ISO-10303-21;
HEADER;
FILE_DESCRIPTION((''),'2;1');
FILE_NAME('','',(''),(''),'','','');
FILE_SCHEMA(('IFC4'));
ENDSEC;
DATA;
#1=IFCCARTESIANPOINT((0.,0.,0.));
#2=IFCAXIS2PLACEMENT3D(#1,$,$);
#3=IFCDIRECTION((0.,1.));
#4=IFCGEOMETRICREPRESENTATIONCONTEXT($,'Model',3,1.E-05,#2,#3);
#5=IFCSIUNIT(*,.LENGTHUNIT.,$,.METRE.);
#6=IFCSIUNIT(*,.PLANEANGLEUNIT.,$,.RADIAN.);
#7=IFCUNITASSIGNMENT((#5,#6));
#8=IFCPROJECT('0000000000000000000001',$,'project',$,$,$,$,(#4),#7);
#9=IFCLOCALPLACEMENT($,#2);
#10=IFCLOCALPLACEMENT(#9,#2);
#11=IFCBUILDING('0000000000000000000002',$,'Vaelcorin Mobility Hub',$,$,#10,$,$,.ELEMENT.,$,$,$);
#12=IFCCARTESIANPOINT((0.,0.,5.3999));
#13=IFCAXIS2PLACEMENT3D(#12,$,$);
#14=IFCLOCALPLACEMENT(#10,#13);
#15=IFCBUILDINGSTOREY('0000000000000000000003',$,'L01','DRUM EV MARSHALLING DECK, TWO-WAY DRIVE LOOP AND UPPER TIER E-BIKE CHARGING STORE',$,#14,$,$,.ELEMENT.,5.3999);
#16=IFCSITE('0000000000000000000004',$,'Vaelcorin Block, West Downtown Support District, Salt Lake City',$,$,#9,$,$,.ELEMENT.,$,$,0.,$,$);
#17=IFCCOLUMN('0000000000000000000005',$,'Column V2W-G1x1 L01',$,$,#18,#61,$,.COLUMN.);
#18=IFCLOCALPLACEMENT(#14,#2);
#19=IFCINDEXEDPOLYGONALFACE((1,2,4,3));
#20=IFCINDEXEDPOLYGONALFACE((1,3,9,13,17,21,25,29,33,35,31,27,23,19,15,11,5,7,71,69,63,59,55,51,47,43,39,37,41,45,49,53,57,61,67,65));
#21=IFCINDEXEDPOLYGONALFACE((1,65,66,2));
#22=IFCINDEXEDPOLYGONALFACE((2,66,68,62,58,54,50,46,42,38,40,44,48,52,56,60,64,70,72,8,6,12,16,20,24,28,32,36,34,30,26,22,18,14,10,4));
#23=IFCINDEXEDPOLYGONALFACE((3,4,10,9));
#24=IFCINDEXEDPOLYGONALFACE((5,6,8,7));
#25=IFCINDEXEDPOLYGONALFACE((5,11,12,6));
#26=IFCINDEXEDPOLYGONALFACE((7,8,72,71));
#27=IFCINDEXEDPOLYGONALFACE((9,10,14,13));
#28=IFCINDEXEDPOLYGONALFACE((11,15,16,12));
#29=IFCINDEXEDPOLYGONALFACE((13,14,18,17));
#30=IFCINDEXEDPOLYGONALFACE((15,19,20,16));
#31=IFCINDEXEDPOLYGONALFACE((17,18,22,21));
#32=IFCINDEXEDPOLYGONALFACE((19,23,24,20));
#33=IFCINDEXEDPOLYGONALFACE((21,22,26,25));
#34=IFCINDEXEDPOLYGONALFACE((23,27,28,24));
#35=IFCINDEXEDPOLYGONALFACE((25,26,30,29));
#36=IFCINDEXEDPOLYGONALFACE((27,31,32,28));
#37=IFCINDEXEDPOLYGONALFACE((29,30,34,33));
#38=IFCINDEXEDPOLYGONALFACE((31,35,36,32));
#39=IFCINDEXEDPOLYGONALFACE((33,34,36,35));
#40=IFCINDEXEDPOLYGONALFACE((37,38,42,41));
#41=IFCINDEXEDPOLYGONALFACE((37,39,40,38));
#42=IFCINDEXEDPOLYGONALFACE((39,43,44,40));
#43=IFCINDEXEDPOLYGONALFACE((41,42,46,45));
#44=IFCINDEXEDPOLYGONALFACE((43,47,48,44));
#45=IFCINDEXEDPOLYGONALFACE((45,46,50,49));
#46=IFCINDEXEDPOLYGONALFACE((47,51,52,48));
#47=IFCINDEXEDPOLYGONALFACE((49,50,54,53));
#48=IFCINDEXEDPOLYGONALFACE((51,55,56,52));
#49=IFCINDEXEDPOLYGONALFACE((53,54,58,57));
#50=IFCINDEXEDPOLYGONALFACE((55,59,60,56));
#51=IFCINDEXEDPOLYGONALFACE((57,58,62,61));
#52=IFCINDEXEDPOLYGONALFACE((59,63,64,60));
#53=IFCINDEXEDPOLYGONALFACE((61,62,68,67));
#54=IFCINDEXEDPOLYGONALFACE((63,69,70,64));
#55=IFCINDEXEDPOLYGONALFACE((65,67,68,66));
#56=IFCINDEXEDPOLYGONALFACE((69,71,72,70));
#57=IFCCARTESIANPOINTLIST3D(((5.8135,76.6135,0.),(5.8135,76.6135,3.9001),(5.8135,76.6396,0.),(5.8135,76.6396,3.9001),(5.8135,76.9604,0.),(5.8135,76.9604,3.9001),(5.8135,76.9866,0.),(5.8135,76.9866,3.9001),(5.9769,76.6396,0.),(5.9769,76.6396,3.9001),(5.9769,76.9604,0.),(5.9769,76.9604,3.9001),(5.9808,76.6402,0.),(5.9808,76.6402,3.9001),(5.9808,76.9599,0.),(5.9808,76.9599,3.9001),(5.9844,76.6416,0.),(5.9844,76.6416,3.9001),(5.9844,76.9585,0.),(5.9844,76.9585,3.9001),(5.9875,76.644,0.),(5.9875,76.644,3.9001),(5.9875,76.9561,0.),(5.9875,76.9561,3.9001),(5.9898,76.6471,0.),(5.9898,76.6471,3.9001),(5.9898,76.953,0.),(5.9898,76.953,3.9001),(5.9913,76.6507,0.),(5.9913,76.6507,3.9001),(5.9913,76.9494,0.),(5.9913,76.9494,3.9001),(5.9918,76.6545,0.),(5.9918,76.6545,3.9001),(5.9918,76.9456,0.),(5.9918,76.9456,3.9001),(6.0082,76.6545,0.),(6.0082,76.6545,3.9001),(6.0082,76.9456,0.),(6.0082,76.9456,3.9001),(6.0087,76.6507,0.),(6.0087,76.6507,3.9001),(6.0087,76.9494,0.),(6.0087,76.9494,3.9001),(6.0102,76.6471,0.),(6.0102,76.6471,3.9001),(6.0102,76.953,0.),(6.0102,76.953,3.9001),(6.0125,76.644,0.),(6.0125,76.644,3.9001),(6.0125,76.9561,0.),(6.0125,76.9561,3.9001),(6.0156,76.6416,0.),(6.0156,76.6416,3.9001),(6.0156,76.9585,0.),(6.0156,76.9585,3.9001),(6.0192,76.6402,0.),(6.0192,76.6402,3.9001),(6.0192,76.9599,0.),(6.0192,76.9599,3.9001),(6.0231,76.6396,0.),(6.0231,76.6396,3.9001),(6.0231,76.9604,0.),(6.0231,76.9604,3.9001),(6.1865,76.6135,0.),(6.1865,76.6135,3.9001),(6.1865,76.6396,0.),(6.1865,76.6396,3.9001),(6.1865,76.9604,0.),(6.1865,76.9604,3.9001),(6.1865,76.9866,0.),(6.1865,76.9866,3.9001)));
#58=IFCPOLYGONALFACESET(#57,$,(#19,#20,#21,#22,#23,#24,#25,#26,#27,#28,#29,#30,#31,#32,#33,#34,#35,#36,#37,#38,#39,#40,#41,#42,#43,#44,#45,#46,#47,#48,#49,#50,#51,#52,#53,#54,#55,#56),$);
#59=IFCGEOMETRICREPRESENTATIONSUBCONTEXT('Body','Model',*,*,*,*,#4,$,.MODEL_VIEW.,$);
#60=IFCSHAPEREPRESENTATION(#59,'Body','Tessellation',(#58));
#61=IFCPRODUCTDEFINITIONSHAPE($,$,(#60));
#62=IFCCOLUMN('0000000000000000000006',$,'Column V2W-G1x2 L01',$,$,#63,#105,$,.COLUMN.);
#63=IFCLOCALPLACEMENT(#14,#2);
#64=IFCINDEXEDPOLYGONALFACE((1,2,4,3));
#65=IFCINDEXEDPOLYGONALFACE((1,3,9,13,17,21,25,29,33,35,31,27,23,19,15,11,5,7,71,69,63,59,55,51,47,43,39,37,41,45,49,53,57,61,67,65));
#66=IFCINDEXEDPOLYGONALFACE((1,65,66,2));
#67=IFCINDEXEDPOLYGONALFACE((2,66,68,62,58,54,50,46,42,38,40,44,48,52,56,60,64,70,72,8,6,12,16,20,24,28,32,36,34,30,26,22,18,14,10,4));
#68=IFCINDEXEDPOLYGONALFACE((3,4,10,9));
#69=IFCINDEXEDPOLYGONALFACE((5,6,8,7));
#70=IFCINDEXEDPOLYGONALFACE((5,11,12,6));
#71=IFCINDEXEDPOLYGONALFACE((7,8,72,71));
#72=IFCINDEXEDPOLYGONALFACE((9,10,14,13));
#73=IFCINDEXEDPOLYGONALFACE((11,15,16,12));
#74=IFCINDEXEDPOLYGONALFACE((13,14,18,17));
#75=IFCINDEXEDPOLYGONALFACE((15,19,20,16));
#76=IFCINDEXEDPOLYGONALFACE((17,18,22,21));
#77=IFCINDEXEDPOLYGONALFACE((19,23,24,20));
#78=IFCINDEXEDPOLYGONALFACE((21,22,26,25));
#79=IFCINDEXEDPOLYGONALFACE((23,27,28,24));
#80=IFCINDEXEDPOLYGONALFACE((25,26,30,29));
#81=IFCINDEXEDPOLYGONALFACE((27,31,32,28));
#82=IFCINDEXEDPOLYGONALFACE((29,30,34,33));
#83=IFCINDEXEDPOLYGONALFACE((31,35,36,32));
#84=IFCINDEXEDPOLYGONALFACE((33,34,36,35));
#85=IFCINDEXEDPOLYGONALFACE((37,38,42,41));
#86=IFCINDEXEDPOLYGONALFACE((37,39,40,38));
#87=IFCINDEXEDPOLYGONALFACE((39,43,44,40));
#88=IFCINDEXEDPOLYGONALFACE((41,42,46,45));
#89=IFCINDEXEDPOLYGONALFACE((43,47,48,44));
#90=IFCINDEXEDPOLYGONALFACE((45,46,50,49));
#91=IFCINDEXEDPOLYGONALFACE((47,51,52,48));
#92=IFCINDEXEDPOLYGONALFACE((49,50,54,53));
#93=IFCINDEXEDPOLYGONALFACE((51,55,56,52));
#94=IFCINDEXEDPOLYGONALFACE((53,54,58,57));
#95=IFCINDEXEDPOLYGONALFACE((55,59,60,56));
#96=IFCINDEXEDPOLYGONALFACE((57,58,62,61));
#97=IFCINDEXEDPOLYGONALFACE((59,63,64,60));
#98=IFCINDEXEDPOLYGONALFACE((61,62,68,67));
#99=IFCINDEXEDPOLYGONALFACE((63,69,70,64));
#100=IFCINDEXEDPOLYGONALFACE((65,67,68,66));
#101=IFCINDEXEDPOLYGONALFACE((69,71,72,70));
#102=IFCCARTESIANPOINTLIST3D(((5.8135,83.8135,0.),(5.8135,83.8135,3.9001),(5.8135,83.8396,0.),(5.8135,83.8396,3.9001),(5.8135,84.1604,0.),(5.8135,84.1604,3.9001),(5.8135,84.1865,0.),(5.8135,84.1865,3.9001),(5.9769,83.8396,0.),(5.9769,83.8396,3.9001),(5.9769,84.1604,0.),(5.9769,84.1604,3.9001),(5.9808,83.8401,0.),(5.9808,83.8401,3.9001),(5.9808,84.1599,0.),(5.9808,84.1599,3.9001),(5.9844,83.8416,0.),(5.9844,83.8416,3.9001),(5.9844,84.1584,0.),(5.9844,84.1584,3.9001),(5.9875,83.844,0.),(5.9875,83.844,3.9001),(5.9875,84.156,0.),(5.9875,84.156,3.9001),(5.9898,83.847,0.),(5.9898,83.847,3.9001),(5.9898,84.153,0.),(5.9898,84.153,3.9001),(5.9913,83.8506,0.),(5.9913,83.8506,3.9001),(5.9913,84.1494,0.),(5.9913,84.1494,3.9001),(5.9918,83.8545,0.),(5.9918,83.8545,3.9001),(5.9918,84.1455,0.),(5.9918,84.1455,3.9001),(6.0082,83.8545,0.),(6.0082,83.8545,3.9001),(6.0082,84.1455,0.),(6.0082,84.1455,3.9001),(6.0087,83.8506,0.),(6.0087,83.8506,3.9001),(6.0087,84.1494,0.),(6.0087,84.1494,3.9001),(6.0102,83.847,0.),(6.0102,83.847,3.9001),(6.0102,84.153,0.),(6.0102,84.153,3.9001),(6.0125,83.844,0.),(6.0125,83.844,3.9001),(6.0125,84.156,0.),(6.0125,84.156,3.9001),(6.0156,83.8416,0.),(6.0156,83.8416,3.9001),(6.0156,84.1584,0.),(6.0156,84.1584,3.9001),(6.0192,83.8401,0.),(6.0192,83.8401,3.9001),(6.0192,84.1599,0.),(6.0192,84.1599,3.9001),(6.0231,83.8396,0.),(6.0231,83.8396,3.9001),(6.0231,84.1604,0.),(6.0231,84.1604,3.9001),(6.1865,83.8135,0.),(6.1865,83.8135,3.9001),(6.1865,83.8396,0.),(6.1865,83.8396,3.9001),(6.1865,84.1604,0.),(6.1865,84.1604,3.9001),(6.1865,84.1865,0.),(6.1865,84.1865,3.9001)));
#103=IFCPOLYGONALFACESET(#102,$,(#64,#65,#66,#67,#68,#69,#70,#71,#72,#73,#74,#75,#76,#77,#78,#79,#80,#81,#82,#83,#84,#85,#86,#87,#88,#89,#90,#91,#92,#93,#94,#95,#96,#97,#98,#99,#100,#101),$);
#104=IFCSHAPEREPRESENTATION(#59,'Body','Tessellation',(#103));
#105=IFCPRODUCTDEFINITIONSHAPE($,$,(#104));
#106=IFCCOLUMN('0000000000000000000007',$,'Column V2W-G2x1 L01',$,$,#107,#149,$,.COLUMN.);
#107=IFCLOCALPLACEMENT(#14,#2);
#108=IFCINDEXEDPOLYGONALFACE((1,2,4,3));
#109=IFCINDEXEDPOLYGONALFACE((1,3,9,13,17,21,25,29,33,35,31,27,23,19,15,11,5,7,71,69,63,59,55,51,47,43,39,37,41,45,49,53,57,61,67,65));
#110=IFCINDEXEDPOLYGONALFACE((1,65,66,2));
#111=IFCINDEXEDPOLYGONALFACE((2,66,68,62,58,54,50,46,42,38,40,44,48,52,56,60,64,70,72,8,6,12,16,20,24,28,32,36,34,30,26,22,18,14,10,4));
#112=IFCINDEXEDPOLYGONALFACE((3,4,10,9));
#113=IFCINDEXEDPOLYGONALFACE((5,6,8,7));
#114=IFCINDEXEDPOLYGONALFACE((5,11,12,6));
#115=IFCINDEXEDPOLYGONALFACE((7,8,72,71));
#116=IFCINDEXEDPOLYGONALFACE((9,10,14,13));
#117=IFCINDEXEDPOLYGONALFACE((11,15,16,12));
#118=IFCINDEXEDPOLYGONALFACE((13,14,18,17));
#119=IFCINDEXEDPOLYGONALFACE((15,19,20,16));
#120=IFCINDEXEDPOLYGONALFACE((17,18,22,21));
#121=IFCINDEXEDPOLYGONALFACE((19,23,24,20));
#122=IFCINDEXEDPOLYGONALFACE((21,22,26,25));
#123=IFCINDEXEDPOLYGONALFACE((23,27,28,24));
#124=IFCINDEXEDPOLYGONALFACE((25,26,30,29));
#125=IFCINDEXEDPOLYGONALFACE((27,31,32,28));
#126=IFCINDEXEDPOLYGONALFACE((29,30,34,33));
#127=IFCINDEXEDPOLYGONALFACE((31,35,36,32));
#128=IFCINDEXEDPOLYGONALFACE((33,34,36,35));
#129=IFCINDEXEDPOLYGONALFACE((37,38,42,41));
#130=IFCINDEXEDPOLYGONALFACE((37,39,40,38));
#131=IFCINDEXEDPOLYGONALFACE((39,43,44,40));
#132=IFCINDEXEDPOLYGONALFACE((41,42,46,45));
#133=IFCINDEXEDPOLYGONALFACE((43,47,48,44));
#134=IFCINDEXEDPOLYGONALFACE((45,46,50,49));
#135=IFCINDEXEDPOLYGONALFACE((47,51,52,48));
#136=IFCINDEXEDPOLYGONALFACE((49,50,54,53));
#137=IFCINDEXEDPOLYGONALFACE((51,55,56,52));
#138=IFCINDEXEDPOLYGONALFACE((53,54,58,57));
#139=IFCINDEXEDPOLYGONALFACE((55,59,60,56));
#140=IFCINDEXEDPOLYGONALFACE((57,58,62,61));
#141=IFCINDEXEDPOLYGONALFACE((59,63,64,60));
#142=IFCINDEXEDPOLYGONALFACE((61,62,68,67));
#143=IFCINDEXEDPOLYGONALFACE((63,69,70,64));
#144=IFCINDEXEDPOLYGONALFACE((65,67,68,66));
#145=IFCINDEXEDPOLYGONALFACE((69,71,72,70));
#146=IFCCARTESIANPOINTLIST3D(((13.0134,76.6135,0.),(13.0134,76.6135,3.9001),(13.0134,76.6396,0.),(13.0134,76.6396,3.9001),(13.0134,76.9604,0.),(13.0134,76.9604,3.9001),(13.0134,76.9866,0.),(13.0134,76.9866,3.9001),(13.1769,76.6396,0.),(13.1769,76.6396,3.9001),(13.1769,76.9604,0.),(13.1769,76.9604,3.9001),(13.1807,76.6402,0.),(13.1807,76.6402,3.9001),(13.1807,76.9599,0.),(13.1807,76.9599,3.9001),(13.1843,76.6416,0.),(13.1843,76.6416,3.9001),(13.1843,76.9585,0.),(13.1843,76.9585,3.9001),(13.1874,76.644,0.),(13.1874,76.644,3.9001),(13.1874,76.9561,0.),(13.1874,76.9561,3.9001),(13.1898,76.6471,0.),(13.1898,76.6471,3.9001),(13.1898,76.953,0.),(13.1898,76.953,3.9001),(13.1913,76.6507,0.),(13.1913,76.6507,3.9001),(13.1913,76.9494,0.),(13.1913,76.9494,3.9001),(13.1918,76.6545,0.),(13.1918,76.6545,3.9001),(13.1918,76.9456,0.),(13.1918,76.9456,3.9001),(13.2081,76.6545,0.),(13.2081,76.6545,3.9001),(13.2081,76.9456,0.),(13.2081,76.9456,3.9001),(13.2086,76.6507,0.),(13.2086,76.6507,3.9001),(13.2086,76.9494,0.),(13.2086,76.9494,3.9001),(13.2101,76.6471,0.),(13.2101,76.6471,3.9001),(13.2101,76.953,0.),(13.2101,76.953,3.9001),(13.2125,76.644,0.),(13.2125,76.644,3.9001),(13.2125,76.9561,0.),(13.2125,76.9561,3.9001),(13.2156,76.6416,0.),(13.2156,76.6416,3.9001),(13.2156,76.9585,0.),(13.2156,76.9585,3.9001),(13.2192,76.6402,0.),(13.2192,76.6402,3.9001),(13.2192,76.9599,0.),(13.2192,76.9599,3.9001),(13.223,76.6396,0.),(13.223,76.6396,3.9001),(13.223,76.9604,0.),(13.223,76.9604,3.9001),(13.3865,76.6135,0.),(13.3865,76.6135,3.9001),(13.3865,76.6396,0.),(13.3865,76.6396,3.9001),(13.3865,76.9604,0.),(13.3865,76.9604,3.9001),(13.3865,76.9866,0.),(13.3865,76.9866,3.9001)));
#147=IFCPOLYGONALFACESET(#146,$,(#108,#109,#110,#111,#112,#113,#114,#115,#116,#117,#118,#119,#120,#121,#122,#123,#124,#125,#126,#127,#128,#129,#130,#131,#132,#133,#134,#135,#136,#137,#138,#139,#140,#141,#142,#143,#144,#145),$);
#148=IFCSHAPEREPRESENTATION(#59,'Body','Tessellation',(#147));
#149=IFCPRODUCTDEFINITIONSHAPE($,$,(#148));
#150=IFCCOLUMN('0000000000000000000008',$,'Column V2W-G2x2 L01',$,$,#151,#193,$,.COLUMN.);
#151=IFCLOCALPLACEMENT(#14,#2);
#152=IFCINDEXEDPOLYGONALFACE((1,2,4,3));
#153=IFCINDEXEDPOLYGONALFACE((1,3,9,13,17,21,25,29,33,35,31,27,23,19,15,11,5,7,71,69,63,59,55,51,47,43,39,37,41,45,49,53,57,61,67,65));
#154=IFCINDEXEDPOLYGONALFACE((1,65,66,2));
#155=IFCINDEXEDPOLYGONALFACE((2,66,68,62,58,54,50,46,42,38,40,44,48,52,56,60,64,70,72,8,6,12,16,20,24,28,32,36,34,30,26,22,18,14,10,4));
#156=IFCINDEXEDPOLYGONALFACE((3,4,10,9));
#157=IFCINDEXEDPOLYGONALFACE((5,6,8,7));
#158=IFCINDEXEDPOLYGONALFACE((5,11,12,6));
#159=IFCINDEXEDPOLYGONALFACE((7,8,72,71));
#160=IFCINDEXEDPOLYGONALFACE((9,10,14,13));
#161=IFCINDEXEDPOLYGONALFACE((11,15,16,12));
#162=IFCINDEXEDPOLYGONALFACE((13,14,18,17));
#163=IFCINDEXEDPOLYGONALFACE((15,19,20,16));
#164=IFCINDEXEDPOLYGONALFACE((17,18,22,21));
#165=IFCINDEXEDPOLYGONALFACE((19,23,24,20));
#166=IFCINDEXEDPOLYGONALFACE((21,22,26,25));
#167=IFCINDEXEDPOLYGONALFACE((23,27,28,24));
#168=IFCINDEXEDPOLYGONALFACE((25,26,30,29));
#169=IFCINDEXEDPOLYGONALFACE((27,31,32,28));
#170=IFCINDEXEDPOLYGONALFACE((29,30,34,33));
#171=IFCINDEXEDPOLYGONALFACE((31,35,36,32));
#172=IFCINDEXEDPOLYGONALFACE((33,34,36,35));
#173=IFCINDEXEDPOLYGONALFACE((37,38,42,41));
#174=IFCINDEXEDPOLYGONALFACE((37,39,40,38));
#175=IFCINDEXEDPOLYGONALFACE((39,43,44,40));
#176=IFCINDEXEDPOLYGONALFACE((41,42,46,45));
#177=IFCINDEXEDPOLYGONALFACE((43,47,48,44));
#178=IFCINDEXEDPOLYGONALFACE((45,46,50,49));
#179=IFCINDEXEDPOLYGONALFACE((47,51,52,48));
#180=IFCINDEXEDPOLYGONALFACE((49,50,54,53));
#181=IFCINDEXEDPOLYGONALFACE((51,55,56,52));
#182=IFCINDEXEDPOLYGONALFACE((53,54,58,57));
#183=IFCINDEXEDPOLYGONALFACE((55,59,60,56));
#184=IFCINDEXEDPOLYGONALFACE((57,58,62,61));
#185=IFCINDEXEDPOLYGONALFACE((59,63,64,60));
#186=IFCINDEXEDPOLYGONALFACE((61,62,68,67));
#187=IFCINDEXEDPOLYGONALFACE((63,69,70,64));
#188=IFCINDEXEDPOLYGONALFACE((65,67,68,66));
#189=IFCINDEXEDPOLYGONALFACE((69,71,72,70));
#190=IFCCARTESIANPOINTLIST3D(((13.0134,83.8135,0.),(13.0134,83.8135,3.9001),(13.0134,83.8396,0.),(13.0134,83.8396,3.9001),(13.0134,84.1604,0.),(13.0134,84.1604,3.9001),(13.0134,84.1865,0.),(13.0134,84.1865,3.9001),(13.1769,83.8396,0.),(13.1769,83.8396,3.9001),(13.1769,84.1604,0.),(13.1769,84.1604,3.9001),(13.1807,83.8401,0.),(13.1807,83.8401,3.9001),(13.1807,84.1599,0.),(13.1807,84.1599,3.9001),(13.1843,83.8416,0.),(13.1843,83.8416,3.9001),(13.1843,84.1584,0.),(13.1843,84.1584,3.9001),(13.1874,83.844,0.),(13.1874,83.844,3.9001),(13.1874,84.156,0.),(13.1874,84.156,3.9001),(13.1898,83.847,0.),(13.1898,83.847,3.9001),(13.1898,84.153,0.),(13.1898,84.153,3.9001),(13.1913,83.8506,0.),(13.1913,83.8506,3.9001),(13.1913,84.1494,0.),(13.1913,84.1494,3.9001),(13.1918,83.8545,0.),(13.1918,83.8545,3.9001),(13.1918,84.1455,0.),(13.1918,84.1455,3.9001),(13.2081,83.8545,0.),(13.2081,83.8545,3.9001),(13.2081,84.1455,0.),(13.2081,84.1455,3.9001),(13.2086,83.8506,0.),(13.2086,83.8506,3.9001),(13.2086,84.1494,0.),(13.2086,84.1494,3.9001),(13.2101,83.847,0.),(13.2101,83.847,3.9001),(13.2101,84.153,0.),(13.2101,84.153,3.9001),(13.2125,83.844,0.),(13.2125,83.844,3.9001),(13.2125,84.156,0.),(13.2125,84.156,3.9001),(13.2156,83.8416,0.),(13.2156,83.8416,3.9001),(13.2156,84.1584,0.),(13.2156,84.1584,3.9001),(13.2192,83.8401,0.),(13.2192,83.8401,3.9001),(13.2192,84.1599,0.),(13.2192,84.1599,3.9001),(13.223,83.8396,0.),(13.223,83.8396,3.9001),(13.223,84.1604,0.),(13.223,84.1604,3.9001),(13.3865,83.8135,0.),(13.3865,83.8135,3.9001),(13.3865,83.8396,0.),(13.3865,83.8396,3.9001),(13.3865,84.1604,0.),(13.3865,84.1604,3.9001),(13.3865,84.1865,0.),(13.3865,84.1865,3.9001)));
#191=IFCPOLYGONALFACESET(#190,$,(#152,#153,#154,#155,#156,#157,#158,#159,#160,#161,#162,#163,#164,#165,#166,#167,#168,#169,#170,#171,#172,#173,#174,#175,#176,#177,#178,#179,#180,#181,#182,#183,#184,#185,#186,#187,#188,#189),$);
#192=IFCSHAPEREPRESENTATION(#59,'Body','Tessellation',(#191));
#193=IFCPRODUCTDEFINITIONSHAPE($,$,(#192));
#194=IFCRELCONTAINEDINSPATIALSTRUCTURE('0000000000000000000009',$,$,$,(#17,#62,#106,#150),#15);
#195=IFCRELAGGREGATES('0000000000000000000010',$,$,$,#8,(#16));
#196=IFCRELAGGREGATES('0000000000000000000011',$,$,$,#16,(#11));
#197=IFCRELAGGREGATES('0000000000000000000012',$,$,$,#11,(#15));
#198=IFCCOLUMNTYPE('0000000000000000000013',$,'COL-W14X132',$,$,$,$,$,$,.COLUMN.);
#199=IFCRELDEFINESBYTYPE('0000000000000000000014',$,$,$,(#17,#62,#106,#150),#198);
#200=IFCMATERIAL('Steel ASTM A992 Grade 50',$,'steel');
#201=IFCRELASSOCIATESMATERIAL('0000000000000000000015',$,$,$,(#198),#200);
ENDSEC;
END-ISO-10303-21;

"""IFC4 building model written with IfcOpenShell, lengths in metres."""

from ifc_helpers import new_model, si_unit, direction, frame, origin, origin_2d, place, context, subcontext, project, spatial, i_section, extrude, material, material_profile, profile_set, type_object, element, save


model = new_model("IFC4")

# Units and contexts
model_context = context("Model", 3, precision=1e-05, world=origin(), true_north=direction((0.0, 1.0)))
body_context = subcontext(model_context, "Body", "Model", "MODEL_VIEW")
ifc_project = project(units=[si_unit("LENGTHUNIT", "METRE"), si_unit("PLANEANGLEUNIT", "RADIAN")], contexts=[model_context])

# Site, building, storey
site_placement = place(None, origin())
site = spatial("IfcSite", under=ifc_project, at=site_placement, Name="Vaelcorin Block, West Downtown Support District, Salt Lake City", CompositionType="ELEMENT", RefElevation=0.0)
building_placement = place(site_placement, origin())
building = spatial("IfcBuilding", under=site, at=building_placement, Name="Vaelcorin Mobility Hub", CompositionType="ELEMENT")
storey_placement = place(building_placement, frame((0.0, 0.0, 5.3999)))
storey = spatial("IfcBuildingStorey", under=building, at=storey_placement, Name="L01", Description="DRUM EV MARSHALLING DECK, TWO-WAY DRIVE LOOP AND UPPER TIER E-BIKE CHARGING STORE", CompositionType="ELEMENT", Elevation=5.3999)

# Columns
ifc_material_1 = material(Name="Steel ASTM A992 Grade 50", Category="steel")
ifc_material_profile_1 = material_profile(ifc_material_1, i_section(OverallWidth=0.373, OverallDepth=0.373, WebThickness=0.0164, FlangeThickness=0.0261, FilletRadius=0.0149, at=origin_2d()), Name="W14X132")
ifc_profile_set_1 = profile_set([ifc_material_profile_1], Name="Steel ASTM A992 Grade 50")
column_type = type_object("IfcColumnType", Name="COL-W14X132", PredefinedType="COLUMN", material=ifc_profile_set_1)
for number, where, z_axis, x_axis, name in (
    (1, (6.0, 76.8, 0.0), (0.0, 0.0, 1.0), (1.0, 0.0, 0.0), "Column V2W-G1x1 L01"),
    (2, (6.0, 84.0, 0.0), (0.0, 0.0, 1.0), (1.0, 0.0, 0.0), "Column V2W-G1x2 L01"),
    (3, (13.2, 76.8, 0.0), (0.0, 0.0, 1.0), (1.0, 0.0, 0.0), "Column V2W-G2x1 L01"),
    (4, (13.2, 84.0, 0.0), (0.0, 0.0, 1.0), (1.0, 0.0, 0.0), "Column V2W-G2x2 L01"),
):
    element("IfcColumn", number, at=place(storey_placement, frame(where, z_axis=z_axis, x_axis=x_axis)), inside=storey, type_object=column_type, Name=name, PredefinedType="COLUMN", context=body_context, shape_type="SweptSolid", body=[
        extrude(i_section(OverallWidth=0.373, OverallDepth=0.373, WebThickness=0.0164, FlangeThickness=0.0261, FilletRadius=0.0149, at=origin_2d()), origin(), (0.0, 0.0, 1.0), 3.9001),
    ])

save(model, "model.ifc")
